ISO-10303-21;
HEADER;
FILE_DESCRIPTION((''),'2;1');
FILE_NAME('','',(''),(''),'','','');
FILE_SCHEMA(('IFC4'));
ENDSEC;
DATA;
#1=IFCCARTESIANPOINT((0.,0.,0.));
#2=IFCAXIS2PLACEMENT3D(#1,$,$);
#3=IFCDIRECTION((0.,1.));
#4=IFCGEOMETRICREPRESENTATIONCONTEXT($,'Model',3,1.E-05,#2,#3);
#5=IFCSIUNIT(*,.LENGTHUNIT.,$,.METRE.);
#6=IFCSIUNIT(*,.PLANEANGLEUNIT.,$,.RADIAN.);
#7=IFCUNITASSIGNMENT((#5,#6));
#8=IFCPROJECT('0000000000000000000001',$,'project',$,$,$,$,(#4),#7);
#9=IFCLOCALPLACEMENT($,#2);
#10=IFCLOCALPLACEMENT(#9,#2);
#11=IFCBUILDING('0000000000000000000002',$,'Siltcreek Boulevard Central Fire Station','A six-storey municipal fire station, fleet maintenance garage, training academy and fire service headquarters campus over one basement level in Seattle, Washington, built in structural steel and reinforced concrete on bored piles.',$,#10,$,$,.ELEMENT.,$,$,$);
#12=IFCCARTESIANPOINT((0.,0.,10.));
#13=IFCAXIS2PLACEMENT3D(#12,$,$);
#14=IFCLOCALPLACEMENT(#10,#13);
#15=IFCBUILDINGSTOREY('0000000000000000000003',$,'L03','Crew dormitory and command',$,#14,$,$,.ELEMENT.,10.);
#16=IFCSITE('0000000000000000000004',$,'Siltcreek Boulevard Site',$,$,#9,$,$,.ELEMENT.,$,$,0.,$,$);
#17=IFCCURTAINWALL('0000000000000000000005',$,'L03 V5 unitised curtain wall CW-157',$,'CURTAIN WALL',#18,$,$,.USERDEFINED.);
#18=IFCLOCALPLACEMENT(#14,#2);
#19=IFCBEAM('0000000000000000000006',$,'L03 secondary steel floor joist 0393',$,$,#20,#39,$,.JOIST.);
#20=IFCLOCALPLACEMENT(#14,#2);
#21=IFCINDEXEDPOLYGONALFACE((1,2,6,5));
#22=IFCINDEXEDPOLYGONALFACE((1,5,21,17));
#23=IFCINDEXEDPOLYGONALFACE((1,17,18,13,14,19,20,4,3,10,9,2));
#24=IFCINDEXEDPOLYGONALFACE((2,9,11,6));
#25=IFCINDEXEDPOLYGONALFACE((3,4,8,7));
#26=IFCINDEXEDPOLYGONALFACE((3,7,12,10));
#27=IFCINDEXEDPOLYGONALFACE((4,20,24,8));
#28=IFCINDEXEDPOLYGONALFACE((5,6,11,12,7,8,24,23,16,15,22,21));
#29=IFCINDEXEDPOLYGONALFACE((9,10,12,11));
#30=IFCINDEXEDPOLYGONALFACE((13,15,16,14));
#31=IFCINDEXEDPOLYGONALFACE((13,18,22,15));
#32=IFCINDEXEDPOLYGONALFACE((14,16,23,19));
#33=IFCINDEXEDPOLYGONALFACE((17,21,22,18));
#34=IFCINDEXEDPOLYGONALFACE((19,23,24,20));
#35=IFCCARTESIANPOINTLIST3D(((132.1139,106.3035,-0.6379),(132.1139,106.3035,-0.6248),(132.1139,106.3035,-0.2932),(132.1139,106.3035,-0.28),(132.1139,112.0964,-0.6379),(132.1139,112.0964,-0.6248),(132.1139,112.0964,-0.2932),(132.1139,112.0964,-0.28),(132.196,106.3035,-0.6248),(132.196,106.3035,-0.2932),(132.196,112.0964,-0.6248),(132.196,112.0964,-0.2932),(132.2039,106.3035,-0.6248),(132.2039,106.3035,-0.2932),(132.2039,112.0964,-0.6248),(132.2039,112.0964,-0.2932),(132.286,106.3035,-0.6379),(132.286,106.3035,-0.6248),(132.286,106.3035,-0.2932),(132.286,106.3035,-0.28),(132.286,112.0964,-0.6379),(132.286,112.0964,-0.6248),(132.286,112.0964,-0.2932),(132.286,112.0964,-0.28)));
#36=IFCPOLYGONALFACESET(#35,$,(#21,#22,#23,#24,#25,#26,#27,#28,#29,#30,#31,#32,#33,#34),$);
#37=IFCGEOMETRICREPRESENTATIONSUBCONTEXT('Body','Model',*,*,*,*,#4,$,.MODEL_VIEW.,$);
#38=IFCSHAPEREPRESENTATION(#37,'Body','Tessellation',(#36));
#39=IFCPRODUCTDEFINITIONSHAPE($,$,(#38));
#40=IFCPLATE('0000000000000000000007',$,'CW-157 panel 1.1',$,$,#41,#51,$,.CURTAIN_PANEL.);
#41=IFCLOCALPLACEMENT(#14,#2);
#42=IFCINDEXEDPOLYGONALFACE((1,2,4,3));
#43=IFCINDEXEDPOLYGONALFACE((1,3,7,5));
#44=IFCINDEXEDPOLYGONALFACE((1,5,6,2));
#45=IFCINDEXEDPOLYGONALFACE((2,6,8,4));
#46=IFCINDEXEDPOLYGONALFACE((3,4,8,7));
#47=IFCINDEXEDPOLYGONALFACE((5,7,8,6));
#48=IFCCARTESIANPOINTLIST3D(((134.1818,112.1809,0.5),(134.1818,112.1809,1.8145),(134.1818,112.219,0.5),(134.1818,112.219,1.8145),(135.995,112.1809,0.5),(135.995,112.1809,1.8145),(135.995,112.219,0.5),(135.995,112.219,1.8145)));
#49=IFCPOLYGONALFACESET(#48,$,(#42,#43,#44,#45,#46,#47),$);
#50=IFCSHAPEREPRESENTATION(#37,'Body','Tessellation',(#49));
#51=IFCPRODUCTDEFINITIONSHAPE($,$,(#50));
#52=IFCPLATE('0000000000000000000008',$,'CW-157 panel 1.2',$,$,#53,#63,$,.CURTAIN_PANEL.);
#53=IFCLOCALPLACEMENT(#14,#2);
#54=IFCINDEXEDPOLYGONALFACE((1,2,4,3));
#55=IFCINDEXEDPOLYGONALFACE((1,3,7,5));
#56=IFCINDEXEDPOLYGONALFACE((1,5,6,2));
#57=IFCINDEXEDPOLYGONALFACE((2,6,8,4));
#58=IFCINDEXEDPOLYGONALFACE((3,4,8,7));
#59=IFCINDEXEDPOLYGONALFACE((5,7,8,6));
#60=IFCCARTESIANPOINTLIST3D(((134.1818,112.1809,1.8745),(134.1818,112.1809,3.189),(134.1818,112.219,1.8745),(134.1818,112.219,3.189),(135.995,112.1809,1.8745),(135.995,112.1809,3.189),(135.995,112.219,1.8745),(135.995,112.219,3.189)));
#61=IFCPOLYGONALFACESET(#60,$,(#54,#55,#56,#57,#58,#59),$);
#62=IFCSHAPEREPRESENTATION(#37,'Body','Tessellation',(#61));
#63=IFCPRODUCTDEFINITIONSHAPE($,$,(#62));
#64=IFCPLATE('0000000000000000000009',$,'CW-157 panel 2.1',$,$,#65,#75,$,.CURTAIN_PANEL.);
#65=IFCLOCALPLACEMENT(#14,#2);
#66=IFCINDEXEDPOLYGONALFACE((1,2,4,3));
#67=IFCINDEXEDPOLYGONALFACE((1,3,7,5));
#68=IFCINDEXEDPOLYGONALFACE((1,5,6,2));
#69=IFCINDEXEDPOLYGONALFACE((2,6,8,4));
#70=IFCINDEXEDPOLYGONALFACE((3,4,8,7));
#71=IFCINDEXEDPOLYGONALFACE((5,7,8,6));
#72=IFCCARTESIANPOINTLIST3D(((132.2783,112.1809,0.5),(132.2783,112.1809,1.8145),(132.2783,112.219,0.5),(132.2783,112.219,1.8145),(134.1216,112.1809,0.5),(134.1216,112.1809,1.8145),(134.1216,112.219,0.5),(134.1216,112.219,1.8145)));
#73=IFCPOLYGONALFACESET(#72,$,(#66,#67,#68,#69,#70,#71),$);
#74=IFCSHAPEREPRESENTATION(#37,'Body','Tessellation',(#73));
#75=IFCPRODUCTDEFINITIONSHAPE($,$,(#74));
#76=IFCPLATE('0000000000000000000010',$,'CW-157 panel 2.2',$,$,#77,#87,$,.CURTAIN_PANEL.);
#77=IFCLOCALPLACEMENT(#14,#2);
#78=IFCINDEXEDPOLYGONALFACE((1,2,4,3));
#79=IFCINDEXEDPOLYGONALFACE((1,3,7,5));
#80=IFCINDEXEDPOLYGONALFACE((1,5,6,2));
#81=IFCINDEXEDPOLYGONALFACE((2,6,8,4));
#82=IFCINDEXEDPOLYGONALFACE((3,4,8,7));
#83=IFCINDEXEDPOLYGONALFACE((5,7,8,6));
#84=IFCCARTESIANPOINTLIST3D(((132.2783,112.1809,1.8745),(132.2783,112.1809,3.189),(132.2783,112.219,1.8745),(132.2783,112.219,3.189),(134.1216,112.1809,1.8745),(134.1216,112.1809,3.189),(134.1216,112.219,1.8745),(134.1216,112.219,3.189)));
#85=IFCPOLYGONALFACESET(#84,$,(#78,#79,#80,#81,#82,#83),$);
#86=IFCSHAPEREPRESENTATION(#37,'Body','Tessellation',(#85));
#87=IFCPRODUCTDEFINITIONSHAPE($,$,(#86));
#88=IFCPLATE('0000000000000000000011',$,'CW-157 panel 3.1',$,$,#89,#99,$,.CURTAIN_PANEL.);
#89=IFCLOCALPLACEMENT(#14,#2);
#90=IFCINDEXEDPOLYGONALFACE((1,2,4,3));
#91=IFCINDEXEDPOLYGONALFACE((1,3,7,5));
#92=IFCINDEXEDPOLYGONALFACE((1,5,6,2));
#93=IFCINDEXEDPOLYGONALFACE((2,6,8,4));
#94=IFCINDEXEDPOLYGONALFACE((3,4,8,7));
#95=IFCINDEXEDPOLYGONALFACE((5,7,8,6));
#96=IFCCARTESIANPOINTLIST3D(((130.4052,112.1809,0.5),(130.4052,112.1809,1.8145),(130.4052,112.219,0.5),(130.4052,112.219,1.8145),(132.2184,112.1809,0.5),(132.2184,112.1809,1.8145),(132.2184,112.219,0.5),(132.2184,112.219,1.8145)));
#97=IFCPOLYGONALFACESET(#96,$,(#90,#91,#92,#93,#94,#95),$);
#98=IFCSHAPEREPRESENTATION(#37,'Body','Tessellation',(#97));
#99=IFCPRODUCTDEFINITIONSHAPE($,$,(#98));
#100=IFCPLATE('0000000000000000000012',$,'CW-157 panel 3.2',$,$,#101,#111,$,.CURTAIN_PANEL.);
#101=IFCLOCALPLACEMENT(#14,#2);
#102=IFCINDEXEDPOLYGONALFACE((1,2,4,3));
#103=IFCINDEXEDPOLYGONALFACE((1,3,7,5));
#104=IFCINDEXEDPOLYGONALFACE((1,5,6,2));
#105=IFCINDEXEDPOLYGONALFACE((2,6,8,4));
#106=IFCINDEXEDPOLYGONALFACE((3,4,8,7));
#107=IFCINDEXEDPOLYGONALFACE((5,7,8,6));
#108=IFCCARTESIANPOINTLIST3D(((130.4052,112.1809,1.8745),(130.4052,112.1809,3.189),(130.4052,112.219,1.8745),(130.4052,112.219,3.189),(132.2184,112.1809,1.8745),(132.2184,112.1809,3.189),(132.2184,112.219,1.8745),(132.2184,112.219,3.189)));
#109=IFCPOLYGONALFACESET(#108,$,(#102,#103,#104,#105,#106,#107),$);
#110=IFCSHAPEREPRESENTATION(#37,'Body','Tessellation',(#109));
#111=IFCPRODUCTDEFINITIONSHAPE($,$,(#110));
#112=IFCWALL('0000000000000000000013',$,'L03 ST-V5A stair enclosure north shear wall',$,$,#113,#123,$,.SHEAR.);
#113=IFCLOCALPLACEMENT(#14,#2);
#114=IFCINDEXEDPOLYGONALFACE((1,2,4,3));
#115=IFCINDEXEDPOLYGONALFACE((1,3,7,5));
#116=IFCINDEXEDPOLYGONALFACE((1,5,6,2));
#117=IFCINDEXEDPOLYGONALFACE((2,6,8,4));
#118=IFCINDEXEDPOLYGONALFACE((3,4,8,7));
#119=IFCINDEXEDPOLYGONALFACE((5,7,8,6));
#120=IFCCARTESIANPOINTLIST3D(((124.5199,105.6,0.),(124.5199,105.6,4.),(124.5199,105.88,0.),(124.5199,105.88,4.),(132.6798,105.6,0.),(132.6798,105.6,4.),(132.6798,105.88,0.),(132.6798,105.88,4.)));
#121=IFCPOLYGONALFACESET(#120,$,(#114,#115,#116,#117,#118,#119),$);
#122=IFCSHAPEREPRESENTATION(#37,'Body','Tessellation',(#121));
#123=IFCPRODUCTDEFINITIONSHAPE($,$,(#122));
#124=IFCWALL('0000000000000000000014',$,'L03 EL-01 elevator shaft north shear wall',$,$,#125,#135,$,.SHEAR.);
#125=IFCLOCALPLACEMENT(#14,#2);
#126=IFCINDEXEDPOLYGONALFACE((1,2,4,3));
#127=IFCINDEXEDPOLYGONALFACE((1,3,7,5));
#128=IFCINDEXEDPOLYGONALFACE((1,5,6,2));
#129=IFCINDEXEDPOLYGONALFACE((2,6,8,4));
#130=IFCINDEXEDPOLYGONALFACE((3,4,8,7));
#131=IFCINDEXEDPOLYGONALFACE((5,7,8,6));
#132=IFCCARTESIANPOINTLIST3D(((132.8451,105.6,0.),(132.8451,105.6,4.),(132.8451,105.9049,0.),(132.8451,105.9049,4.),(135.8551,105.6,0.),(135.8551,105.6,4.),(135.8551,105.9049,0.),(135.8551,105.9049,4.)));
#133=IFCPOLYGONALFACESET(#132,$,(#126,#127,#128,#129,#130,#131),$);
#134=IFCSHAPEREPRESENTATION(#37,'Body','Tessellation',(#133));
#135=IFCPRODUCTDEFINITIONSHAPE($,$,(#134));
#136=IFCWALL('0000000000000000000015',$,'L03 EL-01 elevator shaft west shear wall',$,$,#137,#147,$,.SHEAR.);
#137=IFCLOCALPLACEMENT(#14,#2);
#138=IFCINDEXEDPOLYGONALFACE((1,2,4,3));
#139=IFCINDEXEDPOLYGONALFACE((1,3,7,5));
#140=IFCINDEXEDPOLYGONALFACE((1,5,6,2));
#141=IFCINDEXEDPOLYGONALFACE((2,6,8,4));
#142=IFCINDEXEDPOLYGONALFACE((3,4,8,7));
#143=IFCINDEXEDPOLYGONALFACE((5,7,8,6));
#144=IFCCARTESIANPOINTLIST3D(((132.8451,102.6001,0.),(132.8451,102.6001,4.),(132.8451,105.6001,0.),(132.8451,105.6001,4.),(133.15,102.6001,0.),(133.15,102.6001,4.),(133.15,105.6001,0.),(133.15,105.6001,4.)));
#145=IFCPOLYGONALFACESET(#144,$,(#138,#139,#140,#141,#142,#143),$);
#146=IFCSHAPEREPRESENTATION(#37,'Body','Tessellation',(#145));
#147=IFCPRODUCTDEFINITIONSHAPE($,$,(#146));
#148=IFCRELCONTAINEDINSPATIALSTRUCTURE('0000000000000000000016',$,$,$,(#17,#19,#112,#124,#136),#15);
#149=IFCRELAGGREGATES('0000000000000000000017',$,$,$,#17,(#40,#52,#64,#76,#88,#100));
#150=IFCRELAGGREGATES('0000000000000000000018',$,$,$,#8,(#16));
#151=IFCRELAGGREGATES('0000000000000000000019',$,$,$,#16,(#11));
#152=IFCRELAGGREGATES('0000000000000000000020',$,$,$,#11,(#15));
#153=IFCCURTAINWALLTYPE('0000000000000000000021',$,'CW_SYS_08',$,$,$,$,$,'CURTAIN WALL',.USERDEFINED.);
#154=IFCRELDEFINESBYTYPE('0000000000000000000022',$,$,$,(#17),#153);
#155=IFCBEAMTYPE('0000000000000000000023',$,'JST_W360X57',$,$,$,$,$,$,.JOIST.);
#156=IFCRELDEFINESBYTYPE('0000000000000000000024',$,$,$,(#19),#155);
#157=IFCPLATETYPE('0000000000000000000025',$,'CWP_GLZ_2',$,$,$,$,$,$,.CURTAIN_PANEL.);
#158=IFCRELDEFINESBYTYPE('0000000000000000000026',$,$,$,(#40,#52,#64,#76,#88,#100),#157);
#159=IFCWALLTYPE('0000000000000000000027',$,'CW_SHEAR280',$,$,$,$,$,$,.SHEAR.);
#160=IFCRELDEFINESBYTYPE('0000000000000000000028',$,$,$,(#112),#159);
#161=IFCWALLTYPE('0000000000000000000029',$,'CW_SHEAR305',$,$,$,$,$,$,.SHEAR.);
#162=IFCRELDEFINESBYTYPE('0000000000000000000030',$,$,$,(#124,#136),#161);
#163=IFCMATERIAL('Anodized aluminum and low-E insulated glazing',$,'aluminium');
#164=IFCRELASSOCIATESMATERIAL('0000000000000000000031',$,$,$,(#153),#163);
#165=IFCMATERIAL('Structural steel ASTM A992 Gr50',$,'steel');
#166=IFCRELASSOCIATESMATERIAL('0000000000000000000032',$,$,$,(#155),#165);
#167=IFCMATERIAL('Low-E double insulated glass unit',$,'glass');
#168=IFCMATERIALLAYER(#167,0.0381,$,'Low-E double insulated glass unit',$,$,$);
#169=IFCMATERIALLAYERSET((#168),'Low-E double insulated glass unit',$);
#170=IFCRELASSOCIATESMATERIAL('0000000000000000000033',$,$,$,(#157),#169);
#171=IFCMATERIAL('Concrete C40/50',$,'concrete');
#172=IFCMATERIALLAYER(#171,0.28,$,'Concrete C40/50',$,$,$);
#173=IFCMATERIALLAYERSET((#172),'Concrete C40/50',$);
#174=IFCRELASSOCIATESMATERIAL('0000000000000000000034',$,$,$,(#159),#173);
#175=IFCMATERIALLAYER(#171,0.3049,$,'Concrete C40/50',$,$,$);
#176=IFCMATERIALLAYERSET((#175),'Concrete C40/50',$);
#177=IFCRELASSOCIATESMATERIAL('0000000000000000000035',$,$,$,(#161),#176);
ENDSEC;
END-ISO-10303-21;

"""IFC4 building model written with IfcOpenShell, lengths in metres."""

from ifc_helpers import new_model, si_unit, direction, frame, frame_2d, origin, origin_2d, place, context, subcontext, project, spatial, rectangle, i_section, extrude, material, layer, layer_set, material_profile, profile_set, type_object, element, aggregate, save


model = new_model("IFC4")

# Units and contexts
model_context = context("Model", 3, precision=1e-05, world=origin(), true_north=direction((0.0, 1.0)))
body_context = subcontext(model_context, "Body", "Model", "MODEL_VIEW")
ifc_project = project(units=[si_unit("LENGTHUNIT", "METRE"), si_unit("PLANEANGLEUNIT", "RADIAN")], contexts=[model_context])

# Site, building, storey
site_placement = place(None, origin())
site = spatial("IfcSite", under=ifc_project, at=site_placement, Name="Siltcreek Boulevard Site", CompositionType="ELEMENT", RefElevation=0.0)
building_placement = place(site_placement, origin())
building = spatial("IfcBuilding", under=site, at=building_placement, Name="Siltcreek Boulevard Central Fire Station", Description="A six-storey municipal fire station, fleet maintenance garage, training academy and fire service headquarters campus over one basement level in Seattle, Washington, built in structural steel and reinforced concrete on bored piles.", CompositionType="ELEMENT")
storey_placement = place(building_placement, frame((0.0, 0.0, 10.0)))
storey = spatial("IfcBuildingStorey", under=building, at=storey_placement, Name="L03", Description="Crew dormitory and command", CompositionType="ELEMENT", Elevation=10.0)

# Curtain wall
ifc_material_1 = material(Name="Anodized aluminum and low-E insulated glazing", Category="aluminium")
curtain_wall_type = type_object("IfcCurtainWallType", Name="CW_SYS_08", ElementType="CURTAIN WALL", PredefinedType="USERDEFINED", material=ifc_material_1)
curtain_wall_placement = place(storey_placement, origin())
curtain_wall = element("IfcCurtainWall", 1, at=curtain_wall_placement, inside=storey, type_object=curtain_wall_type, Name="L03 V5 unitised curtain wall CW-157", ObjectType="CURTAIN WALL", PredefinedType="USERDEFINED")

# Beam
ifc_material_2 = material(Name="Structural steel ASTM A992 Gr50", Category="steel")
ifc_material_profile_1 = material_profile(ifc_material_2, i_section(OverallWidth=0.1721, OverallDepth=0.3579, WebThickness=0.0078, FlangeThickness=0.0132, at=origin_2d()), Name="W360X57")
ifc_profile_set_1 = profile_set([ifc_material_profile_1], Name="Structural steel ASTM A992 Gr50")
beam_type_1 = type_object("IfcBeamType", Name="JST_W360X57", PredefinedType="JOIST", material=ifc_profile_set_1)
beam_1_placement = place(storey_placement, frame((132.2, 106.3035, -0.459), z_axis=(0.0, 1.0, 0.0), x_axis=(-1.0, 0.0, 0.0)))
element("IfcBeam", 2, at=beam_1_placement, inside=storey, type_object=beam_type_1, Name="L03 secondary steel floor joist 0393", PredefinedType="JOIST", context=body_context, shape_type="SweptSolid", body=[
    extrude(i_section(OverallWidth=0.1721, OverallDepth=0.3579, WebThickness=0.0078, FlangeThickness=0.0132, at=origin_2d()), origin(), (0.0, 0.0, 1.0), 5.793),
])

# Plates
ifc_material_3 = material(Name="Low-E double insulated glass unit", Category="glass")
ifc_layer_1 = layer(ifc_material_3, 0.0381, Name="Low-E double insulated glass unit")
ifc_layer_set_1 = layer_set([ifc_layer_1], Name="Low-E double insulated glass unit")
plate_type = type_object("IfcPlateType", Name="CWP_GLZ_2", PredefinedType="CURTAIN_PANEL", material=ifc_layer_set_1)
plate_1_placement = place(storey_placement, frame((135.0884, 112.2, 0.5), z_axis=(0.0, 0.0, 1.0), x_axis=(-1.0, 0.0, 0.0)))
plate_1 = element("IfcPlate", 3, at=plate_1_placement, type_object=plate_type, Name="CW-157 panel 1.1", PredefinedType="CURTAIN_PANEL", context=body_context, shape_type="SweptSolid", body=[
    extrude(rectangle(XDim=1.8132, YDim=0.0381, at=origin_2d()), origin(), (0.0, 0.0, 1.0), 1.3145),
])
plate_2_placement = place(storey_placement, frame((135.0884, 112.2, 1.8745), z_axis=(0.0, 0.0, 1.0), x_axis=(-1.0, 0.0, 0.0)))
plate_2 = element("IfcPlate", 4, at=plate_2_placement, type_object=plate_type, Name="CW-157 panel 1.2", PredefinedType="CURTAIN_PANEL", context=body_context, shape_type="SweptSolid", body=[
    extrude(rectangle(XDim=1.8132, YDim=0.0381, at=origin_2d()), origin(), (0.0, 0.0, 1.0), 1.3145),
])
plate_3_placement = place(storey_placement, frame((133.2, 112.2, 0.5), z_axis=(0.0, 0.0, 1.0), x_axis=(-1.0, 0.0, 0.0)))
plate_3 = element("IfcPlate", 5, at=plate_3_placement, type_object=plate_type, Name="CW-157 panel 2.1", PredefinedType="CURTAIN_PANEL", context=body_context, shape_type="SweptSolid", body=[
    extrude(rectangle(XDim=1.8433, YDim=0.0381, at=origin_2d()), origin(), (0.0, 0.0, 1.0), 1.3145),
])
plate_4_placement = place(storey_placement, frame((133.2, 112.2, 1.8745), z_axis=(0.0, 0.0, 1.0), x_axis=(-1.0, 0.0, 0.0)))
plate_4 = element("IfcPlate", 6, at=plate_4_placement, type_object=plate_type, Name="CW-157 panel 2.2", PredefinedType="CURTAIN_PANEL", context=body_context, shape_type="SweptSolid", body=[
    extrude(rectangle(XDim=1.8433, YDim=0.0381, at=origin_2d()), origin(), (0.0, 0.0, 1.0), 1.3145),
])
plate_5_placement = place(storey_placement, frame((131.3118, 112.2, 0.5), z_axis=(0.0, 0.0, 1.0), x_axis=(-1.0, 0.0, 0.0)))
plate_5 = element("IfcPlate", 7, at=plate_5_placement, type_object=plate_type, Name="CW-157 panel 3.1", PredefinedType="CURTAIN_PANEL", context=body_context, shape_type="SweptSolid", body=[
    extrude(rectangle(XDim=1.8132, YDim=0.0381, at=origin_2d()), origin(), (0.0, 0.0, 1.0), 1.3145),
])
plate_6_placement = place(storey_placement, frame((131.3118, 112.2, 1.8745), z_axis=(0.0, 0.0, 1.0), x_axis=(-1.0, 0.0, 0.0)))
plate_6 = element("IfcPlate", 8, at=plate_6_placement, type_object=plate_type, Name="CW-157 panel 3.2", PredefinedType="CURTAIN_PANEL", context=body_context, shape_type="SweptSolid", body=[
    extrude(rectangle(XDim=1.8132, YDim=0.0381, at=origin_2d()), origin(), (0.0, 0.0, 1.0), 1.3145),
])
aggregate(curtain_wall, [plate_1, plate_2, plate_3, plate_4, plate_5, plate_6])

# Walls
ifc_material_4 = material(Name="Concrete C40/50", Category="concrete")
ifc_layer_2 = layer(ifc_material_4, 0.28, Name="Concrete C40/50")
ifc_layer_set_2 = layer_set([ifc_layer_2], Name="Concrete C40/50")
wall_type_1 = type_object("IfcWallType", Name="CW_SHEAR280", PredefinedType="SHEAR", material=ifc_layer_set_2)
wall_1_placement = place(storey_placement, frame((132.6799, 105.74, 0.0), z_axis=(0.0, 0.0, 1.0), x_axis=(-1.0, 0.0, 0.0)))
element("IfcWall", 9, at=wall_1_placement, inside=storey, type_object=wall_type_1, Name="L03 ST-V5A stair enclosure north shear wall", PredefinedType="SHEAR", context=body_context, shape_type="SweptSolid", body=[
    extrude(rectangle(XDim=8.1599, YDim=0.28, at=frame_2d((4.0801, 0.0))), origin(), (0.0, 0.0, 1.0), 4.0),
])
ifc_layer_3 = layer(ifc_material_4, 0.3049, Name="Concrete C40/50")
ifc_layer_set_3 = layer_set([ifc_layer_3], Name="Concrete C40/50")
wall_type_2 = type_object("IfcWallType", Name="CW_SHEAR305", PredefinedType="SHEAR", material=ifc_layer_set_3)
wall_2_placement = place(storey_placement, frame((135.855, 105.7524, 0.0), z_axis=(0.0, 0.0, 1.0), x_axis=(-1.0, 0.0, 0.0)))
element("IfcWall", 10, at=wall_2_placement, inside=storey, type_object=wall_type_2, Name="L03 EL-01 elevator shaft north shear wall", PredefinedType="SHEAR", context=body_context, shape_type="SweptSolid", body=[
    extrude(rectangle(XDim=3.01, YDim=0.3049, at=frame_2d((1.5049, 0.0))), origin(), (0.0, 0.0, 1.0), 4.0),
])
wall_3_placement = place(storey_placement, frame((132.9976, 105.6001, 0.0), z_axis=(0.0, 0.0, 1.0), x_axis=(0.0, -1.0, 0.0)))
element("IfcWall", 11, at=wall_3_placement, inside=storey, type_object=wall_type_2, Name="L03 EL-01 elevator shaft west shear wall", PredefinedType="SHEAR", context=body_context, shape_type="SweptSolid", body=[
    extrude(rectangle(XDim=3.0, YDim=0.3049, at=frame_2d((1.5, 0.0))), origin(), (0.0, 0.0, 1.0), 4.0),
])

save(model, "model.ifc")
